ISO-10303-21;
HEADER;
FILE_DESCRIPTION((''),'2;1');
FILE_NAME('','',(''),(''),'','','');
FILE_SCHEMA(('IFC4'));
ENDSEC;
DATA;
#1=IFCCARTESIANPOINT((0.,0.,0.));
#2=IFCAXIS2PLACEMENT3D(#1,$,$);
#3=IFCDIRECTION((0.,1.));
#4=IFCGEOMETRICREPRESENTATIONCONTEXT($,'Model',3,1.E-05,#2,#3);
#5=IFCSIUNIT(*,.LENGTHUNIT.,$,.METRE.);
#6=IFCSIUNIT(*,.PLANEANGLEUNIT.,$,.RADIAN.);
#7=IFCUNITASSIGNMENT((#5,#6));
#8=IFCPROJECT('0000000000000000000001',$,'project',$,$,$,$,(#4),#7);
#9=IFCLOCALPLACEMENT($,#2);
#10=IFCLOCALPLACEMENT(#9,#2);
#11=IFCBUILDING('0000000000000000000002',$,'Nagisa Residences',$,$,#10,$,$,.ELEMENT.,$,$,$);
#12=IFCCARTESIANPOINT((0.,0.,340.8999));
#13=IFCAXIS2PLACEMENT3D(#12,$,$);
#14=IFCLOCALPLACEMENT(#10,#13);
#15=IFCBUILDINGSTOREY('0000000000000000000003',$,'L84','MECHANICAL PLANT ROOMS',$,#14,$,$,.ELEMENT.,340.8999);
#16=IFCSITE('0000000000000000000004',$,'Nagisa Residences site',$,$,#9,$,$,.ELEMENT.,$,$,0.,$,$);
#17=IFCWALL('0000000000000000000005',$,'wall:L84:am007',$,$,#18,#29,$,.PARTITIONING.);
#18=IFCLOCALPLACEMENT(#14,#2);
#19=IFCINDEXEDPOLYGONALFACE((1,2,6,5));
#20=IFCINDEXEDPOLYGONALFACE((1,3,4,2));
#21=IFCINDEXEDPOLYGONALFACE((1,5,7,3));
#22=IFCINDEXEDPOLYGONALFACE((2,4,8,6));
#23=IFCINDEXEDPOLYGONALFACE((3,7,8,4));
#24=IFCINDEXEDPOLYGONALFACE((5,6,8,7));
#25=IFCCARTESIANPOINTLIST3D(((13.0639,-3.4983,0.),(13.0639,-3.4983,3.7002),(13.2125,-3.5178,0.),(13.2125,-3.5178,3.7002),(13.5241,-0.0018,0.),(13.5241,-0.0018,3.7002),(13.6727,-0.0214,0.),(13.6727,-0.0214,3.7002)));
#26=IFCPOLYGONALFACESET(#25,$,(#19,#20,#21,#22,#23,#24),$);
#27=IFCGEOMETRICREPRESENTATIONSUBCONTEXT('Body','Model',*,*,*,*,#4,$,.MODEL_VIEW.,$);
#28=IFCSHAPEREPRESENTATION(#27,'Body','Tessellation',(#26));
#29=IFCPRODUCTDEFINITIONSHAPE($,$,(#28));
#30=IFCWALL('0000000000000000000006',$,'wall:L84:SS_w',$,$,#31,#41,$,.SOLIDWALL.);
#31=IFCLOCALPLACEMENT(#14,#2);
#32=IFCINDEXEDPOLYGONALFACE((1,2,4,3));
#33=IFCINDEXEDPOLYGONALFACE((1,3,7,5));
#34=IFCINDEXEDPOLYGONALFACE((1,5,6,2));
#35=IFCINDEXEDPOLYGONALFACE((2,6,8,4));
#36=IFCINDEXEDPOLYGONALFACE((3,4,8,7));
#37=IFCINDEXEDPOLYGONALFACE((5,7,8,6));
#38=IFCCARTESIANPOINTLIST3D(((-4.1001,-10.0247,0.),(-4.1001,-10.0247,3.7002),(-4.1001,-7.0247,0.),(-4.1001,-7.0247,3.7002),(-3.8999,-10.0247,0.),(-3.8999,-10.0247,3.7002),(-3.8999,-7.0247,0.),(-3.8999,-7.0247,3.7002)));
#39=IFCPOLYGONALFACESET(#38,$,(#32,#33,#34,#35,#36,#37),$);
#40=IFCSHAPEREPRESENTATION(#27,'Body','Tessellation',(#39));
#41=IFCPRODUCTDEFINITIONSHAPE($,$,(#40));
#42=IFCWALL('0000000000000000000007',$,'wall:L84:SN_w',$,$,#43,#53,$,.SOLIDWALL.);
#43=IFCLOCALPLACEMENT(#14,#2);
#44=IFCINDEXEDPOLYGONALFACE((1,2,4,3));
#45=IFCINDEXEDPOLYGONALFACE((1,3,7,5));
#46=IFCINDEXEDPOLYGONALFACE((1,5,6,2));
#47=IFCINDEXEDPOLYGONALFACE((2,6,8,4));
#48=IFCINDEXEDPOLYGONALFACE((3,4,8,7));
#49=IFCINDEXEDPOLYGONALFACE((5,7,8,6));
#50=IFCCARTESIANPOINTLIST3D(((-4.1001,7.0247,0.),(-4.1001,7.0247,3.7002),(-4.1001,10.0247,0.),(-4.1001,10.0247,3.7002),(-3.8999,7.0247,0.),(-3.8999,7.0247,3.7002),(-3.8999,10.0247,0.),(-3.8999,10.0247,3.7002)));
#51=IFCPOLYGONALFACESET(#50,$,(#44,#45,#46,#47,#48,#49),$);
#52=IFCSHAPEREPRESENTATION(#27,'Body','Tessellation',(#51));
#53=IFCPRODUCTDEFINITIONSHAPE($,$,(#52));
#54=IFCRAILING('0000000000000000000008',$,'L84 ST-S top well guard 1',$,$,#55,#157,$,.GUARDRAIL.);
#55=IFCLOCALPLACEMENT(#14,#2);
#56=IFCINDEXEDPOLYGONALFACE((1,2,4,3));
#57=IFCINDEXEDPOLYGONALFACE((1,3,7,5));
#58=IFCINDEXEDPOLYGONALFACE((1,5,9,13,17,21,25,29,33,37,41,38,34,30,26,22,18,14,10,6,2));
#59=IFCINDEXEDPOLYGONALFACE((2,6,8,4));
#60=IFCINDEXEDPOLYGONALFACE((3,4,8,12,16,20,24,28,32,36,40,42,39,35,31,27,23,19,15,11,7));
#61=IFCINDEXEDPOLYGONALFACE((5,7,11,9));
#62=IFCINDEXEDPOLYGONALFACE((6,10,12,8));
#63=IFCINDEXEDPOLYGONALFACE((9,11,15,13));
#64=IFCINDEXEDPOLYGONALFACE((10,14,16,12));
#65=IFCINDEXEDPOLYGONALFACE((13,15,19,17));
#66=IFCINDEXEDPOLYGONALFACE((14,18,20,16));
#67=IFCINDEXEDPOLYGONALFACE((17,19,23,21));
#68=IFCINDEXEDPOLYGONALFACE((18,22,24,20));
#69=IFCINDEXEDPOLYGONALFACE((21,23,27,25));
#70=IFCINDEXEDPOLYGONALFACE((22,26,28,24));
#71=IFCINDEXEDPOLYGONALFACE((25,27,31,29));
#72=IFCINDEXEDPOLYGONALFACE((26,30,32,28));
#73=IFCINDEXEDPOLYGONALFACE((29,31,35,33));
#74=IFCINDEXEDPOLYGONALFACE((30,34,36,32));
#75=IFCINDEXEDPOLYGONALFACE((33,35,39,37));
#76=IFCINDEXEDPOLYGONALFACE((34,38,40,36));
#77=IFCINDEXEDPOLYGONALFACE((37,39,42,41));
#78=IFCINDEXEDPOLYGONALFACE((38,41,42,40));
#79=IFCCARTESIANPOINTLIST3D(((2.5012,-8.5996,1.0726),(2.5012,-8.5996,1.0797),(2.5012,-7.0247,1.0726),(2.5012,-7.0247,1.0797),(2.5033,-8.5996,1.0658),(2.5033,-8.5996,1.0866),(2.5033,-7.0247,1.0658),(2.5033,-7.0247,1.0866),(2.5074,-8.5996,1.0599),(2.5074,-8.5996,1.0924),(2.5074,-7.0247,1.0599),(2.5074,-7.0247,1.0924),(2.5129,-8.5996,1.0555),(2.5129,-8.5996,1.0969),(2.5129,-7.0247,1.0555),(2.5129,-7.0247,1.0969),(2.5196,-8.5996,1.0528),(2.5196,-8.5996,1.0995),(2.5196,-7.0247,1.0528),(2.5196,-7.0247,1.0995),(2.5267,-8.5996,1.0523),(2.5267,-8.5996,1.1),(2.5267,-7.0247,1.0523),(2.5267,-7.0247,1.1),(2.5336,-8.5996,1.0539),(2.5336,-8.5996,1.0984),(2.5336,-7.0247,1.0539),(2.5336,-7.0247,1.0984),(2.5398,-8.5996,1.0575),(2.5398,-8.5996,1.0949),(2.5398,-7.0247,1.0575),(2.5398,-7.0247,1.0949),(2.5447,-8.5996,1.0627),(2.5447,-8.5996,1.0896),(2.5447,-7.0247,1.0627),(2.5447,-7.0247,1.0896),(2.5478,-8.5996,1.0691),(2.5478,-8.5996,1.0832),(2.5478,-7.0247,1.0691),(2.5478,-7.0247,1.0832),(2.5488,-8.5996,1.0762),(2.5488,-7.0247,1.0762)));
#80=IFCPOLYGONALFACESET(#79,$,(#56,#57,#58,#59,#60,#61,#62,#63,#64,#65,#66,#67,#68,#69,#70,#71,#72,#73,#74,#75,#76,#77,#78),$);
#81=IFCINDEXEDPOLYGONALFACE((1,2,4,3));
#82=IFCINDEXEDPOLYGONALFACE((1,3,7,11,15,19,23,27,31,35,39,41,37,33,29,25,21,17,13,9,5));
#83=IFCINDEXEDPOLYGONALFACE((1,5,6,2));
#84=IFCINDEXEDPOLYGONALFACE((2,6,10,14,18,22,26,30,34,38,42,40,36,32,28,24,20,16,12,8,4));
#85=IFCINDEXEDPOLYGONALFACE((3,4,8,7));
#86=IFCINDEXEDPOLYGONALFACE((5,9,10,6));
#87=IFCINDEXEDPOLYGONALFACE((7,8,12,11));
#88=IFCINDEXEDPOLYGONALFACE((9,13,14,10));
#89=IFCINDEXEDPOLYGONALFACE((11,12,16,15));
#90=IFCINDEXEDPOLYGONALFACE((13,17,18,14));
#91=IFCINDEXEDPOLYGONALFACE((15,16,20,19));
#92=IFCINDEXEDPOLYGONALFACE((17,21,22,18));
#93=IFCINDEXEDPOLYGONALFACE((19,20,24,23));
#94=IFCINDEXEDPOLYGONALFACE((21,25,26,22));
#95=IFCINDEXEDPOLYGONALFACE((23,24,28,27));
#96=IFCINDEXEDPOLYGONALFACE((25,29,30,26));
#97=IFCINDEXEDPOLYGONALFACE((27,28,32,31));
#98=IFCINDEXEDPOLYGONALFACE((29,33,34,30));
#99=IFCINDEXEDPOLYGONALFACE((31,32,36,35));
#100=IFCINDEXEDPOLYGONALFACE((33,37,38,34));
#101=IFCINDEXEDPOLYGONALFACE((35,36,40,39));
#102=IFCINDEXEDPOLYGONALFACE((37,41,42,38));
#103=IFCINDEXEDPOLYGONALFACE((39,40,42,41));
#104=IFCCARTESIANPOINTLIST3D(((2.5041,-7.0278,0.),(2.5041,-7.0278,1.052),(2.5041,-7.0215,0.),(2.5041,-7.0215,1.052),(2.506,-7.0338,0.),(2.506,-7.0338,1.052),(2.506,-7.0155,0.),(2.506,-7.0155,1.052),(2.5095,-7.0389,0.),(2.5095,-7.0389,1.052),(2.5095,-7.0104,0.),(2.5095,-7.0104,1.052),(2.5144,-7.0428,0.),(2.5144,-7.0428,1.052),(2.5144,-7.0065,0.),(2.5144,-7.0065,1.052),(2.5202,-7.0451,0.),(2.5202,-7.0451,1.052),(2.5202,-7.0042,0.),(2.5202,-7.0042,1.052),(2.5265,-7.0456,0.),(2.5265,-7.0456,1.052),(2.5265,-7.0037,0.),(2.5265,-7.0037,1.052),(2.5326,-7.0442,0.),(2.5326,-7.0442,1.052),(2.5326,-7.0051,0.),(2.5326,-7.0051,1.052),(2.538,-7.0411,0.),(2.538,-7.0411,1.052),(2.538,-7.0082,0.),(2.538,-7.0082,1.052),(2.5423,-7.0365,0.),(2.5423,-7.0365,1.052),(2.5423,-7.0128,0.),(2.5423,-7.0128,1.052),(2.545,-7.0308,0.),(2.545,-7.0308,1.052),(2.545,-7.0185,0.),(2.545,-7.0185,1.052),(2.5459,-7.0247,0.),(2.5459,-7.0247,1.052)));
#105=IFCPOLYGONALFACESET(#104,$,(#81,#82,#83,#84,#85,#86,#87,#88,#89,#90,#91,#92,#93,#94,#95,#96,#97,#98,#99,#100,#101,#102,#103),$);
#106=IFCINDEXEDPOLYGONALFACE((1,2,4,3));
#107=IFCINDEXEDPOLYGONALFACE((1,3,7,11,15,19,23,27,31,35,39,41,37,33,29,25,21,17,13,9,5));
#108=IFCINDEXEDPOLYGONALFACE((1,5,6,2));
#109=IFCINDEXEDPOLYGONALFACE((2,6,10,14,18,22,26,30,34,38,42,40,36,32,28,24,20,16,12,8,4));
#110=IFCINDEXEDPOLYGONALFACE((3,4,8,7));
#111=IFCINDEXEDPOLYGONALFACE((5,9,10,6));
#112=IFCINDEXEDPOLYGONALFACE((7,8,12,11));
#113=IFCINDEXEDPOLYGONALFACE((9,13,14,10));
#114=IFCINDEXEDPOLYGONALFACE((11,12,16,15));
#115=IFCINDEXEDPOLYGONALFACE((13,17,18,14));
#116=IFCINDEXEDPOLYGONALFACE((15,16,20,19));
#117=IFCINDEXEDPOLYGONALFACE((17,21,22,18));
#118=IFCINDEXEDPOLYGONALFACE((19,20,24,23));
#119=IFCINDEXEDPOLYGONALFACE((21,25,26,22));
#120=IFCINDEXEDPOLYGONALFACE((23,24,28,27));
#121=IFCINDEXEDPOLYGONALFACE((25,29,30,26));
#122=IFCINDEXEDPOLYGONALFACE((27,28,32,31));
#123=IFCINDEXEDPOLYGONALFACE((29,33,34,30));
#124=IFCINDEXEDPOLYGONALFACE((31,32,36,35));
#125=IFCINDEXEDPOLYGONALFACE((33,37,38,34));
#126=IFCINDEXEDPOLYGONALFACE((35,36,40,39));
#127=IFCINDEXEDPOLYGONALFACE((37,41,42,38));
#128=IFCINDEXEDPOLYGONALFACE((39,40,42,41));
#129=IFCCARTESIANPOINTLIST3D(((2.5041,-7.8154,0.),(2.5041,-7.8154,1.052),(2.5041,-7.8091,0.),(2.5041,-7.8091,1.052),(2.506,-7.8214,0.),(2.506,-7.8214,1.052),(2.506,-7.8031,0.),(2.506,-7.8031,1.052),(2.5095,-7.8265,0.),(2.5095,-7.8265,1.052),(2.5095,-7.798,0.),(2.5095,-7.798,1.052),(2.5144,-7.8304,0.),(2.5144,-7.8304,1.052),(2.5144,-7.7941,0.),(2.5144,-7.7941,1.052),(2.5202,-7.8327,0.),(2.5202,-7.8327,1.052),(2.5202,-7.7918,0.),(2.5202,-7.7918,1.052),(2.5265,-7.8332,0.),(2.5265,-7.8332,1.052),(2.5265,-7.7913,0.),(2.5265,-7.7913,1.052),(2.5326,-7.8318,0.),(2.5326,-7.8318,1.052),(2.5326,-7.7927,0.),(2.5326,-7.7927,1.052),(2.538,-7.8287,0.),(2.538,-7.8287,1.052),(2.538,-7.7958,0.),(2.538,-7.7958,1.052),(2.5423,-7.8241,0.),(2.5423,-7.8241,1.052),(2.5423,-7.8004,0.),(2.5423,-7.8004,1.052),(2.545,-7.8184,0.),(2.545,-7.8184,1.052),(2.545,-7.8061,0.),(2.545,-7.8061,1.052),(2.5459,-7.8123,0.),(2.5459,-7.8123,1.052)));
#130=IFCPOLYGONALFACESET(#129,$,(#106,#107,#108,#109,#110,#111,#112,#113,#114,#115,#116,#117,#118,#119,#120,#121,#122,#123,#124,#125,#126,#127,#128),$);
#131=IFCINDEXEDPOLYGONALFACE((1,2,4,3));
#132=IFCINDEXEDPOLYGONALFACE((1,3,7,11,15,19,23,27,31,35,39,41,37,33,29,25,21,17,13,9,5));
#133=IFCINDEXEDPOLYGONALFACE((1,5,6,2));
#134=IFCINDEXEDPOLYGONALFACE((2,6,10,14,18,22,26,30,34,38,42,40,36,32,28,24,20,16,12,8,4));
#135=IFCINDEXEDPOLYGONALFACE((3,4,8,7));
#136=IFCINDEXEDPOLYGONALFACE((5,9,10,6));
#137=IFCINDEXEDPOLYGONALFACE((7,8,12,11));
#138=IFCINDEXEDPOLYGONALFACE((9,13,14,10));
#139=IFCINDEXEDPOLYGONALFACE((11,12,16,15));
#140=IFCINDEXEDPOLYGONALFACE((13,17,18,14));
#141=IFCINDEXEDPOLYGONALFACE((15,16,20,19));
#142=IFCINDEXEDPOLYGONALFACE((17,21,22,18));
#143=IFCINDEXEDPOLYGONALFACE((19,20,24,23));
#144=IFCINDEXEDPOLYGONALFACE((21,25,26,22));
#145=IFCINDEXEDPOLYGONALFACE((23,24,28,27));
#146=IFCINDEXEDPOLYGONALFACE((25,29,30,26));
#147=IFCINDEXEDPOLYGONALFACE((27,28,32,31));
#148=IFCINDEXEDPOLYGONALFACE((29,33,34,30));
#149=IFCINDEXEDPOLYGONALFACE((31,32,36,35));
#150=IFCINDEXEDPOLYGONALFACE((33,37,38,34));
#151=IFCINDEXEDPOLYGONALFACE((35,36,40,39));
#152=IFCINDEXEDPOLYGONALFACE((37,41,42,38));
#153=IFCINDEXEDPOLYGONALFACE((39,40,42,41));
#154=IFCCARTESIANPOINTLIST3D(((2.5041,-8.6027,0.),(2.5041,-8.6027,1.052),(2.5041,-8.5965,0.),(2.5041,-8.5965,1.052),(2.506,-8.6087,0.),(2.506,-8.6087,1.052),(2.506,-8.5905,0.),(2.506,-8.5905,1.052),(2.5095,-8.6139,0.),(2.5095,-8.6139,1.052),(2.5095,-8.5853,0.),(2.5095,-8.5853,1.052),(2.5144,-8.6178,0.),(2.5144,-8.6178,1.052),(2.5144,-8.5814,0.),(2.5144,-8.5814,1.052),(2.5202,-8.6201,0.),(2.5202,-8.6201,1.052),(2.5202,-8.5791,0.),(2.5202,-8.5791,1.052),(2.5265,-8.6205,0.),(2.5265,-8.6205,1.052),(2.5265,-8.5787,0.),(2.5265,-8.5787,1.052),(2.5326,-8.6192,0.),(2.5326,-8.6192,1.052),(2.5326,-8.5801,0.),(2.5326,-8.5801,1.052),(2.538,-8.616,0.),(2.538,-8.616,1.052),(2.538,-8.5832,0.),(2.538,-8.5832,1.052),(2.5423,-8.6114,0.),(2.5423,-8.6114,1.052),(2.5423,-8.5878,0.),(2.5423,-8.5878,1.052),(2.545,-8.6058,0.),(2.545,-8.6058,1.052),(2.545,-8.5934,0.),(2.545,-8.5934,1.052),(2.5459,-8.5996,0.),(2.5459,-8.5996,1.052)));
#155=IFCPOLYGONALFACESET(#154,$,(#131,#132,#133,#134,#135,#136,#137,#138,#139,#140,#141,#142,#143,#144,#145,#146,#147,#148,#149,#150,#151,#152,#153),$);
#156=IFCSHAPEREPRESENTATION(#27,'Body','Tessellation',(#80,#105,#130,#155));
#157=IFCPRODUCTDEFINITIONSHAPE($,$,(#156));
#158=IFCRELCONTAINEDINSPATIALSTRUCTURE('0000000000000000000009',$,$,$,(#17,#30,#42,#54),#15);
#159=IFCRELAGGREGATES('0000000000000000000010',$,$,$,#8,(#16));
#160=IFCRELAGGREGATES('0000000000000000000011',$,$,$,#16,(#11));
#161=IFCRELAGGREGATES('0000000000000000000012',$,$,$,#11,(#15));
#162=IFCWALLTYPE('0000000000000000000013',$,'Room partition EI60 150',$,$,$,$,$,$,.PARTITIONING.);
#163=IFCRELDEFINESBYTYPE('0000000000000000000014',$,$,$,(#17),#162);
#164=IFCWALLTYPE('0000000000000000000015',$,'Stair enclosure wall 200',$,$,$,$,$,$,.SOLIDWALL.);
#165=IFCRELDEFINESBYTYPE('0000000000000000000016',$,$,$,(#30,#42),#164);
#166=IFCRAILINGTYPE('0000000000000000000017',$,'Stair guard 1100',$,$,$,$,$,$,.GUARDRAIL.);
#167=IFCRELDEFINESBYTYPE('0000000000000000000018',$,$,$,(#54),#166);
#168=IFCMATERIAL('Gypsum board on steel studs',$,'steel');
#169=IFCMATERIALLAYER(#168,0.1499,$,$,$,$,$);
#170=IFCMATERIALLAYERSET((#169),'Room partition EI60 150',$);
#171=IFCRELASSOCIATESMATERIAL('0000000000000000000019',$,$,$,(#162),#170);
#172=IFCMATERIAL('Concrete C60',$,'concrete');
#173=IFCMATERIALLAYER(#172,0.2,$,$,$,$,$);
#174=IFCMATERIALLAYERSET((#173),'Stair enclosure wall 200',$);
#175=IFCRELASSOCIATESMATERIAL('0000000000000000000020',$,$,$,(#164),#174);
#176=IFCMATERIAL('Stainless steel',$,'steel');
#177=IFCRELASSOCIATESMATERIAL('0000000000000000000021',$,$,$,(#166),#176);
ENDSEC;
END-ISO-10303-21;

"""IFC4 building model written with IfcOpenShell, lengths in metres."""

from ifc_helpers import new_model, si_unit, direction, frame, frame_2d, origin, origin_2d, place, context, subcontext, project, spatial, polyline, rectangle, circle, outline, extrude, material, layer, layer_set, type_object, element, save


model = new_model("IFC4")

# Units and contexts
model_context = context("Model", 3, precision=1e-05, world=origin(), true_north=direction((0.0, 1.0)))
body_context = subcontext(model_context, "Body", "Model", "MODEL_VIEW")
ifc_project = project(units=[si_unit("LENGTHUNIT", "METRE"), si_unit("PLANEANGLEUNIT", "RADIAN")], contexts=[model_context])

# Site, building, storey
site_placement = place(None, origin())
site = spatial("IfcSite", under=ifc_project, at=site_placement, Name="Nagisa Residences site", CompositionType="ELEMENT", RefElevation=0.0)
building_placement = place(site_placement, origin())
building = spatial("IfcBuilding", under=site, at=building_placement, Name="Nagisa Residences", CompositionType="ELEMENT")
storey_placement = place(building_placement, frame((0.0, 0.0, 340.8999)))
storey = spatial("IfcBuildingStorey", under=building, at=storey_placement, Name="L84", Description="MECHANICAL PLANT ROOMS", CompositionType="ELEMENT", Elevation=340.8999)

# Walls
ifc_material_1 = material(Name="Gypsum board on steel studs", Category="steel")
ifc_layer_1 = layer(ifc_material_1, 0.1499)
ifc_layer_set_1 = layer_set([ifc_layer_1], Name="Room partition EI60 150")
wall_type_1 = type_object("IfcWallType", Name="Room partition EI60 150", PredefinedType="PARTITIONING", material=ifc_layer_set_1)
wall_1_placement = place(storey_placement, frame((13.5984, -0.0117, 0.0), z_axis=(0.0, 0.0, 1.0), x_axis=(-0.130499, -0.991448, 0.0)))
element("IfcWall", 1, at=wall_1_placement, inside=storey, type_object=wall_type_1, Name="wall:L84:am007", PredefinedType="PARTITIONING", context=body_context, shape_type="SweptSolid", body=[
    extrude(rectangle(XDim=3.5266, YDim=0.1499, at=frame_2d((1.7632, 0.0))), origin(), (0.0, 0.0, 1.0), 3.7002),
])
ifc_material_2 = material(Name="Concrete C60", Category="concrete")
ifc_layer_2 = layer(ifc_material_2, 0.2)
ifc_layer_set_2 = layer_set([ifc_layer_2], Name="Stair enclosure wall 200")
wall_type_2 = type_object("IfcWallType", Name="Stair enclosure wall 200", PredefinedType="SOLIDWALL", material=ifc_layer_set_2)
wall_2_placement = place(storey_placement, origin())
element("IfcWall", 2, at=wall_2_placement, inside=storey, type_object=wall_type_2, Name="wall:L84:SS_w", PredefinedType="SOLIDWALL", context=body_context, shape_type="SweptSolid", body=[
    extrude(outline(polyline([(-3.8999, -10.0247), (-4.1001, -10.0247), (-4.1001, -7.0247), (-3.8999, -7.0247), (-3.8999, -10.0247)])), origin(), (0.0, 0.0, 1.0), 3.7002),
])
wall_3_placement = place(storey_placement, origin())
element("IfcWall", 3, at=wall_3_placement, inside=storey, type_object=wall_type_2, Name="wall:L84:SN_w", PredefinedType="SOLIDWALL", context=body_context, shape_type="SweptSolid", body=[
    extrude(outline(polyline([(-3.8999, 7.0247), (-4.1001, 7.0247), (-4.1001, 10.0247), (-3.8999, 10.0247), (-3.8999, 7.0247)])), origin(), (0.0, 0.0, 1.0), 3.7002),
])

# Railing
ifc_material_3 = material(Name="Stainless steel", Category="steel")
railing_type = type_object("IfcRailingType", Name="Stair guard 1100", PredefinedType="GUARDRAIL", material=ifc_material_3)
railing_placement = place(storey_placement, frame((2.5249, -7.0247, 0.0)))
element("IfcRailing", 4, at=railing_placement, inside=storey, type_object=railing_type, Name="L84 ST-S top well guard 1", PredefinedType="GUARDRAIL", context=body_context, shape_type="SweptSolid", body=[
    extrude(circle(Radius=0.0239, at=origin_2d()), frame((0.0, 0.0, 1.0762), z_axis=(0.0, -1.0, 0.0), x_axis=(1.0, 0.0, 0.0)), (0.0, 0.0, 1.0), 1.575),
    extrude(circle(Radius=0.021, at=origin_2d()), origin(), (0.0, 0.0, 1.0), 1.052),
    extrude(circle(Radius=0.021, at=origin_2d()), frame((0.0, -0.7876, 0.0)), (0.0, 0.0, 1.0), 1.052),
    extrude(circle(Radius=0.021, at=origin_2d()), frame((0.0, -1.575, 0.0)), (0.0, 0.0, 1.0), 1.052),
])

save(model, "model.ifc")
